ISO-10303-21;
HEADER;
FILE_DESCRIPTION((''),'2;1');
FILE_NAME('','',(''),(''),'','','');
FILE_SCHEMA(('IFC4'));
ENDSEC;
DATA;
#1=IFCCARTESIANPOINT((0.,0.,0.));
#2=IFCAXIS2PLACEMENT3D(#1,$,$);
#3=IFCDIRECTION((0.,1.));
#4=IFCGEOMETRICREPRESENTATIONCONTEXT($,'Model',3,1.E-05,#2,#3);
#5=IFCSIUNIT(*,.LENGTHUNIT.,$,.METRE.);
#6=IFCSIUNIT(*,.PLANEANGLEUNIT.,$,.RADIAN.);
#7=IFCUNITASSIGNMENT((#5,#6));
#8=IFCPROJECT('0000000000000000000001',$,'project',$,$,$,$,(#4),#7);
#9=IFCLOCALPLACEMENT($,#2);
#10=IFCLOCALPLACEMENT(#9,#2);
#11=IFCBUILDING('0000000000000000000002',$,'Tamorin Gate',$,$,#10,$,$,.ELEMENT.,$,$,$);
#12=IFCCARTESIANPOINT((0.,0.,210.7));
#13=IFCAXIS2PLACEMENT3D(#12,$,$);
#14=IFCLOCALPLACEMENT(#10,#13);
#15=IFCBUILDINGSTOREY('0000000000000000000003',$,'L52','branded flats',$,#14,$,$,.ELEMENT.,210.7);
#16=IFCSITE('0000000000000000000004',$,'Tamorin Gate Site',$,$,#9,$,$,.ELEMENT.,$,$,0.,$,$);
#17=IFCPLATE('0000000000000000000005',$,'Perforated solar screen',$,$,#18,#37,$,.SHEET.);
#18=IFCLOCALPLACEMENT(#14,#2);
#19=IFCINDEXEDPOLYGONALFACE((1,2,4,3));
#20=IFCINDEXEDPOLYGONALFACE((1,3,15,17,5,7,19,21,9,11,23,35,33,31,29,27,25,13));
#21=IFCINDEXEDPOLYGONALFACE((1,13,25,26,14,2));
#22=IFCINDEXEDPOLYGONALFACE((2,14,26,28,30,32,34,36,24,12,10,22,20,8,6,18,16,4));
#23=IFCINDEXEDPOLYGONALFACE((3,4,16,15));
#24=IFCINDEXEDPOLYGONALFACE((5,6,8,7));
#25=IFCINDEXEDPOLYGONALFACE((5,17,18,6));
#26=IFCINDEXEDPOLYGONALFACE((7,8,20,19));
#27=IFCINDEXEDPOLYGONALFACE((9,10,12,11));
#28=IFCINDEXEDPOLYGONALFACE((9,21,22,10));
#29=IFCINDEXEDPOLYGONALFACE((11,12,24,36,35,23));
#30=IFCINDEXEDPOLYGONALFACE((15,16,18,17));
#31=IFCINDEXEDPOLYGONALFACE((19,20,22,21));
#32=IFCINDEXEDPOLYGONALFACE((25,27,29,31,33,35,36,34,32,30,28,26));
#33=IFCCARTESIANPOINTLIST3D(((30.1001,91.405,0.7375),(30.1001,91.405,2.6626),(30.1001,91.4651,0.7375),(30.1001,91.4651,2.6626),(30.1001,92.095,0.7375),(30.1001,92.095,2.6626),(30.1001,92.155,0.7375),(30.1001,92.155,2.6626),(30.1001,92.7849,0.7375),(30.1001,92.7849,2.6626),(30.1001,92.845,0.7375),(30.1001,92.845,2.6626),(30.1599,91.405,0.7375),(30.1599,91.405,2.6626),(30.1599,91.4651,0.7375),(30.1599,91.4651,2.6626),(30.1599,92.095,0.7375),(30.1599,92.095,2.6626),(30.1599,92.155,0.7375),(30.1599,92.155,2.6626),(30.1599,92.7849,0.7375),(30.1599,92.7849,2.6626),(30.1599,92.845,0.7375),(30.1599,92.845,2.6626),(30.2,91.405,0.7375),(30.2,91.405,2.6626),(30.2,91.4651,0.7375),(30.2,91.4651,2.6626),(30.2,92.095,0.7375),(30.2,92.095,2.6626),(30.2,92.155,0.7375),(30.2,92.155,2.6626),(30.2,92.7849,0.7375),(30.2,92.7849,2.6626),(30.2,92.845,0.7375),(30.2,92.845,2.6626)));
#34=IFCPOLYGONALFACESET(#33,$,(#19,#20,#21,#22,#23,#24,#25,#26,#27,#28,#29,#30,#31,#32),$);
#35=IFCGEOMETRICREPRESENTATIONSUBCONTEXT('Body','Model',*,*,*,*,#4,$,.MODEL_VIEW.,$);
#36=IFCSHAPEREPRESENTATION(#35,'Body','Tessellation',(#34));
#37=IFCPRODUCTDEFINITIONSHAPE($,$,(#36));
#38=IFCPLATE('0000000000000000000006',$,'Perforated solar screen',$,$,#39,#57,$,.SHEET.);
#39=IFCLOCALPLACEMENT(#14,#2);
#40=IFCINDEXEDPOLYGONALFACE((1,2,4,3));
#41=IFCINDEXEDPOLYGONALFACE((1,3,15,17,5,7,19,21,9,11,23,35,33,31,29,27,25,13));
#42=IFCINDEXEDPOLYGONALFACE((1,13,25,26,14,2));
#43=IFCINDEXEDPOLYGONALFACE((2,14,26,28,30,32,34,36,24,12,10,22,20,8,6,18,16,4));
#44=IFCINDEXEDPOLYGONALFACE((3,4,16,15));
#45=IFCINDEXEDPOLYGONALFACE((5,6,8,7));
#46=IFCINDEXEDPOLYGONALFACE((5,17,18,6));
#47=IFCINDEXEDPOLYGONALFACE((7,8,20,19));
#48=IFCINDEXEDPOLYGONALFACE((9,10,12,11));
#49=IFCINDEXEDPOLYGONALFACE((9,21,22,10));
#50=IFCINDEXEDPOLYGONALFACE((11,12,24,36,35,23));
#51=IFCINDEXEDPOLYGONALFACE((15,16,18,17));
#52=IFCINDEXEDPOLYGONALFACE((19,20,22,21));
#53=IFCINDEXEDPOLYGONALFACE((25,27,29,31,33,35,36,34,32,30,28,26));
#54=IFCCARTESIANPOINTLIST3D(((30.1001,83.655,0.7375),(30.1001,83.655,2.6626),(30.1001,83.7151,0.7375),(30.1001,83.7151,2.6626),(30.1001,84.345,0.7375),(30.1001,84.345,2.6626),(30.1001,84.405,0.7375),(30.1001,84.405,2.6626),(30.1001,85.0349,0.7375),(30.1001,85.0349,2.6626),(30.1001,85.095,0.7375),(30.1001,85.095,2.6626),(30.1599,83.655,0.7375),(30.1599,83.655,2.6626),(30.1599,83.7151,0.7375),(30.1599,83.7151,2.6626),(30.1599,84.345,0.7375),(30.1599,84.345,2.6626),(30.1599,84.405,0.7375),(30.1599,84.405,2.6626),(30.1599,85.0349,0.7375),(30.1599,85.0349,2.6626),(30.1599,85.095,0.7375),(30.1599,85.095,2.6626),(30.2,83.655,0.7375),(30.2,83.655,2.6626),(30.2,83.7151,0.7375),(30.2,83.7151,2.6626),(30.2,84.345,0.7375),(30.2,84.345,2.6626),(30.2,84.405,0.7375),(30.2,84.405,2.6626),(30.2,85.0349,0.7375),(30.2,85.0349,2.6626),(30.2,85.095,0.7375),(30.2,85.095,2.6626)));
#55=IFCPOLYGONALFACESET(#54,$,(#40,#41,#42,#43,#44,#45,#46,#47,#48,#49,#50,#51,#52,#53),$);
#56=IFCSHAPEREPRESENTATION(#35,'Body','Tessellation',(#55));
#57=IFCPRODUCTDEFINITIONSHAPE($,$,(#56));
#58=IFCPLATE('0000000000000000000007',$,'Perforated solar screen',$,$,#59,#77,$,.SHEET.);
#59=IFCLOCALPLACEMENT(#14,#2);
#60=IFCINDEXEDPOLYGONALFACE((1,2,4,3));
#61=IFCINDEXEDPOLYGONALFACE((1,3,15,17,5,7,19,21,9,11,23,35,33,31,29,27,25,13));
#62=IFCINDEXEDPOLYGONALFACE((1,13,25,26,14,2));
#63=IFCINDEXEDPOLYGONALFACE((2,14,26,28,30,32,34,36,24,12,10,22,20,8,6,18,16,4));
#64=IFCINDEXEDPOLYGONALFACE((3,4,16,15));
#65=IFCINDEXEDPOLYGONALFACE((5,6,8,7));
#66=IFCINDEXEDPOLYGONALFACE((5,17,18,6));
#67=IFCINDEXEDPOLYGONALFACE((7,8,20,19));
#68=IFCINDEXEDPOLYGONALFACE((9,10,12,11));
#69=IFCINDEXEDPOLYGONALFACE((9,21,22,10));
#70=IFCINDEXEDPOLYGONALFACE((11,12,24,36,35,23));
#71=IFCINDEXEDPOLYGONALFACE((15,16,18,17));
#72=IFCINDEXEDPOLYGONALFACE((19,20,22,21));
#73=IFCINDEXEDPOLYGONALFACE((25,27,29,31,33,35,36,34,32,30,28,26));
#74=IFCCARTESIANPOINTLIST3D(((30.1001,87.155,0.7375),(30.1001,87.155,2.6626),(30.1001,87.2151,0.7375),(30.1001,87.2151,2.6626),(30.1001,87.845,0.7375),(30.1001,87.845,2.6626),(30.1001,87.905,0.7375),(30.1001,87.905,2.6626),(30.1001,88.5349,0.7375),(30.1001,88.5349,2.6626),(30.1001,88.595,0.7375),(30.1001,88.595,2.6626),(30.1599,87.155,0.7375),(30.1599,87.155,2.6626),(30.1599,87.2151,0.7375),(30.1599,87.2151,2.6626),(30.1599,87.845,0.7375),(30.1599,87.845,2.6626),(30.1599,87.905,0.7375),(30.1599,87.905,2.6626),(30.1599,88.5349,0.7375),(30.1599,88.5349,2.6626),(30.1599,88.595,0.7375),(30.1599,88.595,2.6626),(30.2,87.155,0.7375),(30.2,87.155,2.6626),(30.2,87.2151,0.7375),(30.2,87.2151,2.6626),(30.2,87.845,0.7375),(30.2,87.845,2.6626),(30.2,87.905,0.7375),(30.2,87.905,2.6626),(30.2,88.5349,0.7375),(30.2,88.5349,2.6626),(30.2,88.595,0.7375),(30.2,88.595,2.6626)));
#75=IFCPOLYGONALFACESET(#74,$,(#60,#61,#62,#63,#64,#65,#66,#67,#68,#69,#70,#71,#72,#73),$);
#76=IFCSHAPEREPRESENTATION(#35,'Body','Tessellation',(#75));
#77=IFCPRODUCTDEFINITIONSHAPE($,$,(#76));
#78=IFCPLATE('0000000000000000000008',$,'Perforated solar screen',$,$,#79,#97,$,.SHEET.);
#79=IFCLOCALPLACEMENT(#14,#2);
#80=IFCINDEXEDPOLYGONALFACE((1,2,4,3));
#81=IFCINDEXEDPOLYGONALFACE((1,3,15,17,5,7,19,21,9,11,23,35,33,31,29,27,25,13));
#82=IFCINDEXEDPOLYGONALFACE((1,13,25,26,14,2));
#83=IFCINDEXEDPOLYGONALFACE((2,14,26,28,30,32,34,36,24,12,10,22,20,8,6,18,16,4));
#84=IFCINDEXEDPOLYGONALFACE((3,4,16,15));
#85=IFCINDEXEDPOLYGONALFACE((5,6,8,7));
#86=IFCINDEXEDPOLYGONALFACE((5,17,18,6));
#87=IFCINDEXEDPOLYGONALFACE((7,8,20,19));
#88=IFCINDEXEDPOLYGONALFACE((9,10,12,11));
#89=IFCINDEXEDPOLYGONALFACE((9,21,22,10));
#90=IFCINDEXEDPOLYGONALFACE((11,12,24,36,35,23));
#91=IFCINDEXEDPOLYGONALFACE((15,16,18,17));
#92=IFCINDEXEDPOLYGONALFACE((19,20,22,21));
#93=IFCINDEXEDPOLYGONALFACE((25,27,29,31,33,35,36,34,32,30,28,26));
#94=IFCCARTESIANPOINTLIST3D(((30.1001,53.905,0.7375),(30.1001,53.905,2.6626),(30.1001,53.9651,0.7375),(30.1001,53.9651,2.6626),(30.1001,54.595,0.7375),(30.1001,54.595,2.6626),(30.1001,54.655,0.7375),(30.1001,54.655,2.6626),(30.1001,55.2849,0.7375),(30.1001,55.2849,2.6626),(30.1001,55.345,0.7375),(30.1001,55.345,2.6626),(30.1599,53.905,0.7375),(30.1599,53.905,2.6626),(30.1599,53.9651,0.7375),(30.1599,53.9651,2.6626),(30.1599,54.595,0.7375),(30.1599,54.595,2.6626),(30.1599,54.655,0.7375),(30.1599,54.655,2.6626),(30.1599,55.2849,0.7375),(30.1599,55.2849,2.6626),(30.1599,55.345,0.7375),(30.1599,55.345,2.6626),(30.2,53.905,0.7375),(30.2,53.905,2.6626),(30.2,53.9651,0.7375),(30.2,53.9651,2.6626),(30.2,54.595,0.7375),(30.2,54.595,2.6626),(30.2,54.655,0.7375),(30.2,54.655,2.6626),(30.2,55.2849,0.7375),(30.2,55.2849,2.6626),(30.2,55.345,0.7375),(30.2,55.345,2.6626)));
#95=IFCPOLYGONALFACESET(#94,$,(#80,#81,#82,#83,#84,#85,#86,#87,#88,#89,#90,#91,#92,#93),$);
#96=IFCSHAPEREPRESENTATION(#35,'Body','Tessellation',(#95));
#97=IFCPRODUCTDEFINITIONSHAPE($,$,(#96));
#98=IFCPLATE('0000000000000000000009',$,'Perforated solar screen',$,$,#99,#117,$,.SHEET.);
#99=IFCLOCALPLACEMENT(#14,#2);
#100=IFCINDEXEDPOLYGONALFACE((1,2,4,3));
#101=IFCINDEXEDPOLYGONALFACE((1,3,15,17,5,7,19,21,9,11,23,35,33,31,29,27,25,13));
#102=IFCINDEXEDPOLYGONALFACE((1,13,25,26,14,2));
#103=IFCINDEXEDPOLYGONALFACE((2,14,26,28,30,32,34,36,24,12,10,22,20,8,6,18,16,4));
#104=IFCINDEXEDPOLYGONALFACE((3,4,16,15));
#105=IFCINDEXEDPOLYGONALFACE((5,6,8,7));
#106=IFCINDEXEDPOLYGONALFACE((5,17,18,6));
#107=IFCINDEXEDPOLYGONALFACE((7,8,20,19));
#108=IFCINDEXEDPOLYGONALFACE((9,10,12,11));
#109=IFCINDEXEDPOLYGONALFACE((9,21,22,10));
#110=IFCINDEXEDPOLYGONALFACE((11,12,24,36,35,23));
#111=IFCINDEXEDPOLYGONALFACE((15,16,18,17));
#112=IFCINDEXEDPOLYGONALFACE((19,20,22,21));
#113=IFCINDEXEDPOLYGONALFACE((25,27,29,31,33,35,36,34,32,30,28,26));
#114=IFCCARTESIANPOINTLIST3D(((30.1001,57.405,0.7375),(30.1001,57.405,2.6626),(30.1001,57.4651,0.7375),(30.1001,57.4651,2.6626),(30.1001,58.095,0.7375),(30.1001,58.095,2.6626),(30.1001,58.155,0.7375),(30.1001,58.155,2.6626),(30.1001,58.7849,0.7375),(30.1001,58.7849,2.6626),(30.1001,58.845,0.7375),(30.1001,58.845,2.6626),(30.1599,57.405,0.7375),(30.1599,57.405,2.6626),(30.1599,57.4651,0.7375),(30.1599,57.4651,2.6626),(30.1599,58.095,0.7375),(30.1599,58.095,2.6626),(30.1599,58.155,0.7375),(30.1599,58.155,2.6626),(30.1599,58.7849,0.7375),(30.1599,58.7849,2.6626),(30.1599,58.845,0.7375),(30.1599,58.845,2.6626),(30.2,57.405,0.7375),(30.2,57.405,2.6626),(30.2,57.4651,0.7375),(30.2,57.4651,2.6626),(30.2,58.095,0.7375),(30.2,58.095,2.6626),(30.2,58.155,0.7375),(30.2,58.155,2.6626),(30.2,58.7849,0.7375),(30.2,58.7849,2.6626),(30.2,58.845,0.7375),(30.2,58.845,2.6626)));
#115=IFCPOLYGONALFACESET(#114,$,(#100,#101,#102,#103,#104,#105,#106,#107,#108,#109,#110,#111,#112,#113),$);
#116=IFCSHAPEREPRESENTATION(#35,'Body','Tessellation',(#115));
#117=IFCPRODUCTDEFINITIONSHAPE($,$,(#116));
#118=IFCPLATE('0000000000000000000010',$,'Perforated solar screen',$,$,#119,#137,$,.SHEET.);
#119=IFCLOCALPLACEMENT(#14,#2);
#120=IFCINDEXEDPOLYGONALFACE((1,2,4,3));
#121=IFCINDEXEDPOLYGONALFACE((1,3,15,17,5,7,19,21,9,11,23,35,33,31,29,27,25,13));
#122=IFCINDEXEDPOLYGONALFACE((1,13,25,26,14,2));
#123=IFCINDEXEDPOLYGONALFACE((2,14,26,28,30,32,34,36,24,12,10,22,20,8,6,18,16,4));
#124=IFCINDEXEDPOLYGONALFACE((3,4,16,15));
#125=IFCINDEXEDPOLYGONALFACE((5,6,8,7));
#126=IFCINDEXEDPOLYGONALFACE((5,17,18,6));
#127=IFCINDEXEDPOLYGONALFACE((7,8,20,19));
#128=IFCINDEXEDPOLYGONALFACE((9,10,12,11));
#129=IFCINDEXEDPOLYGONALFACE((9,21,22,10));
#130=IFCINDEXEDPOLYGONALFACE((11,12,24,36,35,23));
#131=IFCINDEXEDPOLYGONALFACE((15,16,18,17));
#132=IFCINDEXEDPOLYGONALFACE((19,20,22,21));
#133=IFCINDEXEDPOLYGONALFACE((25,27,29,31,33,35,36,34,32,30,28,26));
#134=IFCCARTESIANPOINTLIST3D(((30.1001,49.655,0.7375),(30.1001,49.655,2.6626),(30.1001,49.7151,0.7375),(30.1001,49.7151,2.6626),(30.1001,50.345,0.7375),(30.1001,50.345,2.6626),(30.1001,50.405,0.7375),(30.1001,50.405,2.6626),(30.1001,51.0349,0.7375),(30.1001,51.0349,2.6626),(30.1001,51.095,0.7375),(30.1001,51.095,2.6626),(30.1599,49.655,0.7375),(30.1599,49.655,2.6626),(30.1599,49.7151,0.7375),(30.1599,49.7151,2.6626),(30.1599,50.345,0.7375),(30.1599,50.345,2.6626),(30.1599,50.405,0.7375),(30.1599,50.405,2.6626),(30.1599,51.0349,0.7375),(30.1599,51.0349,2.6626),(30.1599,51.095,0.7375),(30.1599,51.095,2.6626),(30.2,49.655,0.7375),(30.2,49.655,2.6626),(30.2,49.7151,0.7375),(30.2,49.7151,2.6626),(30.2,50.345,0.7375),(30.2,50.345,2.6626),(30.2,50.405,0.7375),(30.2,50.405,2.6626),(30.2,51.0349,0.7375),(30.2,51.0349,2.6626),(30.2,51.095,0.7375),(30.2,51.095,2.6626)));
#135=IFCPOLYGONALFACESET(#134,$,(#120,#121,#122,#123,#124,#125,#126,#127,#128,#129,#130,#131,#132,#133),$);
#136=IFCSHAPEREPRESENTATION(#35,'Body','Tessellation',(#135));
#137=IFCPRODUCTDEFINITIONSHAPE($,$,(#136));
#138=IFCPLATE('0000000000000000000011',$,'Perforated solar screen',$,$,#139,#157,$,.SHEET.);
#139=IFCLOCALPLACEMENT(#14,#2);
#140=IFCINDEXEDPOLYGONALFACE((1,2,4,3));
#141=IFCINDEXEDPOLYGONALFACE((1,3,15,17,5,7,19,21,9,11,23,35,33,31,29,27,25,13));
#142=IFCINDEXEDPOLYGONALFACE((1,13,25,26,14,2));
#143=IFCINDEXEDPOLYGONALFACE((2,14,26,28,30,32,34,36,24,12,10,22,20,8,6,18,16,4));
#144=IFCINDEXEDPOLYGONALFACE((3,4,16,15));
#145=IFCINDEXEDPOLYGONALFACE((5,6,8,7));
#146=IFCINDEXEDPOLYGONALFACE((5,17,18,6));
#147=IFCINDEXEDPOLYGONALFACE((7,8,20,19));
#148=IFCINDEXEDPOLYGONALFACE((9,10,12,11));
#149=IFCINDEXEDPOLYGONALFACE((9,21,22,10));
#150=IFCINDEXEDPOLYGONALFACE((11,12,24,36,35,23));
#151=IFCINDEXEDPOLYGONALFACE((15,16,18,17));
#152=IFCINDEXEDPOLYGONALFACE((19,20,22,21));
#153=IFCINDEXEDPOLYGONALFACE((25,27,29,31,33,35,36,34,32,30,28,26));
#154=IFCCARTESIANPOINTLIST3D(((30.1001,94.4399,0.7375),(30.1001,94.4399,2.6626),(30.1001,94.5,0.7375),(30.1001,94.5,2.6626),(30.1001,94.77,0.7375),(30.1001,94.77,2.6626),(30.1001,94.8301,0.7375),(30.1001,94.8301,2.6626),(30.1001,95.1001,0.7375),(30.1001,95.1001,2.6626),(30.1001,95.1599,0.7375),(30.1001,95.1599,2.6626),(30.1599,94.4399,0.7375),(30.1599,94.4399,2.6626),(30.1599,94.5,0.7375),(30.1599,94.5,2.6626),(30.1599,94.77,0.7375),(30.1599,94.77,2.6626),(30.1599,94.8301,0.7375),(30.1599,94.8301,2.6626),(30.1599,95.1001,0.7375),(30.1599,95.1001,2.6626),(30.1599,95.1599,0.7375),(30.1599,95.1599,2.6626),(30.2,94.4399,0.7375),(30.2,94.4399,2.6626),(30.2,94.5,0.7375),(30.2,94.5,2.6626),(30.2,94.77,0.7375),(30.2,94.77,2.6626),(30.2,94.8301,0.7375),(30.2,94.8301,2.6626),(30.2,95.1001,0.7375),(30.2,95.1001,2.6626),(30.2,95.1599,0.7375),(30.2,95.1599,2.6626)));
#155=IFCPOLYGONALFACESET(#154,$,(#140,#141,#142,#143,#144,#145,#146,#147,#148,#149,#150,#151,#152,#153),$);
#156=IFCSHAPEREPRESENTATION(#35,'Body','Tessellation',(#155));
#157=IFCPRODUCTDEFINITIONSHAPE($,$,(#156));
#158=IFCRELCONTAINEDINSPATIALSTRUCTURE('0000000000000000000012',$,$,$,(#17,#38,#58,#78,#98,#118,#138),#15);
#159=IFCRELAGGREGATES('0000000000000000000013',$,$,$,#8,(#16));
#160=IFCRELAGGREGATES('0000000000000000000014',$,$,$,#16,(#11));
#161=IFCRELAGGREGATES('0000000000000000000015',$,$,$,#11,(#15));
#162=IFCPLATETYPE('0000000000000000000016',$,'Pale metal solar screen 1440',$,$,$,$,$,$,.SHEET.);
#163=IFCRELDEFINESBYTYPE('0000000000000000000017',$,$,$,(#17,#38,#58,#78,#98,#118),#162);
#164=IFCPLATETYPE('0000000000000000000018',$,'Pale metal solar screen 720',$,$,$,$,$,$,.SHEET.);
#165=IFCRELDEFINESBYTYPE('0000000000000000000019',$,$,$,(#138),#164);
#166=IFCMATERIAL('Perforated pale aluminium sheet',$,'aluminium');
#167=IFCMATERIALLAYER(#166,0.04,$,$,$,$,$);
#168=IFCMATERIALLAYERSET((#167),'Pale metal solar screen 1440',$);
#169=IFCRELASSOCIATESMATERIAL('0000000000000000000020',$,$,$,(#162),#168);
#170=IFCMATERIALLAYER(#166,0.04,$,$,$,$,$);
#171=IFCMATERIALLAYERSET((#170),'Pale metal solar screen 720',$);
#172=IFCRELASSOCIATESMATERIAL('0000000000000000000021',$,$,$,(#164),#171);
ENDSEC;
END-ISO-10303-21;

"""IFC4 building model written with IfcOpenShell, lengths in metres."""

from ifc_helpers import new_model, si_unit, direction, frame, origin, place, context, subcontext, project, spatial, polyline, outline, extrude, material, layer, layer_set, type_object, element, save


model = new_model("IFC4")

# Units and contexts
model_context = context("Model", 3, precision=1e-05, world=origin(), true_north=direction((0.0, 1.0)))
body_context = subcontext(model_context, "Body", "Model", "MODEL_VIEW")
ifc_project = project(units=[si_unit("LENGTHUNIT", "METRE"), si_unit("PLANEANGLEUNIT", "RADIAN")], contexts=[model_context])

# Site, building, storey
site_placement = place(None, origin())
site = spatial("IfcSite", under=ifc_project, at=site_placement, Name="Tamorin Gate Site", CompositionType="ELEMENT", RefElevation=0.0)
building_placement = place(site_placement, origin())
building = spatial("IfcBuilding", under=site, at=building_placement, Name="Tamorin Gate", CompositionType="ELEMENT")
storey_placement = place(building_placement, frame((0.0, 0.0, 210.7)))
storey = spatial("IfcBuildingStorey", under=building, at=storey_placement, Name="L52", Description="branded flats", CompositionType="ELEMENT", Elevation=210.7)

# Plates
ifc_material_1 = material(Name="Perforated pale aluminium sheet", Category="aluminium")
ifc_layer_1 = layer(ifc_material_1, 0.04)
ifc_layer_set_1 = layer_set([ifc_layer_1], Name="Pale metal solar screen 1440")
plate_type_1 = type_object("IfcPlateType", Name="Pale metal solar screen 1440", PredefinedType="SHEET", material=ifc_layer_set_1)
plate_1_placement = place(storey_placement, frame((0.0, 0.0, 0.7375)))
element("IfcPlate", 1, at=plate_1_placement, inside=storey, type_object=plate_type_1, Name="Perforated solar screen", PredefinedType="SHEET", context=body_context, shape_type="SweptSolid", body=[
    extrude(outline(polyline([(30.1599, 92.845), (30.2, 92.845), (30.2, 92.7849), (30.2, 92.155), (30.2, 92.095), (30.2, 91.4651), (30.2, 91.405), (30.2, 91.405), (30.1599, 91.405), (30.1599, 91.405), (30.1001, 91.405), (30.1001, 91.4651), (30.1599, 91.4651), (30.1599, 92.095), (30.1001, 92.095), (30.1001, 92.155), (30.1599, 92.155), (30.1599, 92.7849), (30.1001, 92.7849), (30.1001, 92.845), (30.1599, 92.845)])), origin(), (0.0, 0.0, 1.0), 1.925),
])
plate_2_placement = place(storey_placement, frame((0.0, 0.0, 0.7375)))
element("IfcPlate", 2, at=plate_2_placement, inside=storey, type_object=plate_type_1, Name="Perforated solar screen", PredefinedType="SHEET", context=body_context, shape_type="SweptSolid", body=[
    extrude(outline(polyline([(30.1599, 85.095), (30.2, 85.095), (30.2, 85.0349), (30.2, 84.405), (30.2, 84.345), (30.2, 83.7151), (30.2, 83.655), (30.1599, 83.655), (30.1001, 83.655), (30.1001, 83.7151), (30.1599, 83.7151), (30.1599, 84.345), (30.1001, 84.345), (30.1001, 84.405), (30.1599, 84.405), (30.1599, 85.0349), (30.1001, 85.0349), (30.1001, 85.095), (30.1599, 85.095)])), origin(), (0.0, 0.0, 1.0), 1.925),
])
plate_3_placement = place(storey_placement, frame((0.0, 0.0, 0.7375)))
element("IfcPlate", 3, at=plate_3_placement, inside=storey, type_object=plate_type_1, Name="Perforated solar screen", PredefinedType="SHEET", context=body_context, shape_type="SweptSolid", body=[
    extrude(outline(polyline([(30.1599, 88.595), (30.2, 88.595), (30.2, 88.5349), (30.2, 87.905), (30.2, 87.845), (30.2, 87.2151), (30.2, 87.155), (30.1599, 87.155), (30.1001, 87.155), (30.1001, 87.2151), (30.1599, 87.2151), (30.1599, 87.845), (30.1001, 87.845), (30.1001, 87.905), (30.1599, 87.905), (30.1599, 88.5349), (30.1001, 88.5349), (30.1001, 88.595), (30.1599, 88.595)])), origin(), (0.0, 0.0, 1.0), 1.925),
])
plate_4_placement = place(storey_placement, frame((0.0, 0.0, 0.7375)))
element("IfcPlate", 4, at=plate_4_placement, inside=storey, type_object=plate_type_1, Name="Perforated solar screen", PredefinedType="SHEET", context=body_context, shape_type="SweptSolid", body=[
    extrude(outline(polyline([(30.1599, 55.345), (30.2, 55.345), (30.2, 55.2849), (30.2, 54.655), (30.2, 54.595), (30.2, 53.9651), (30.2, 53.905), (30.1599, 53.905), (30.1001, 53.905), (30.1001, 53.9651), (30.1599, 53.9651), (30.1599, 54.595), (30.1001, 54.595), (30.1001, 54.655), (30.1599, 54.655), (30.1599, 55.2849), (30.1001, 55.2849), (30.1001, 55.345), (30.1599, 55.345)])), origin(), (0.0, 0.0, 1.0), 1.925),
])
plate_5_placement = place(storey_placement, frame((0.0, 0.0, 0.7375)))
element("IfcPlate", 5, at=plate_5_placement, inside=storey, type_object=plate_type_1, Name="Perforated solar screen", PredefinedType="SHEET", context=body_context, shape_type="SweptSolid", body=[
    extrude(outline(polyline([(30.1599, 58.845), (30.2, 58.845), (30.2, 58.7849), (30.2, 58.155), (30.2, 58.095), (30.2, 57.4651), (30.2, 57.405), (30.1599, 57.405), (30.1001, 57.405), (30.1001, 57.4651), (30.1599, 57.4651), (30.1599, 58.095), (30.1001, 58.095), (30.1001, 58.155), (30.1599, 58.155), (30.1599, 58.7849), (30.1001, 58.7849), (30.1001, 58.845), (30.1599, 58.845)])), origin(), (0.0, 0.0, 1.0), 1.925),
])
plate_6_placement = place(storey_placement, frame((0.0, 0.0, 0.7375)))
element("IfcPlate", 6, at=plate_6_placement, inside=storey, type_object=plate_type_1, Name="Perforated solar screen", PredefinedType="SHEET", context=body_context, shape_type="SweptSolid", body=[
    extrude(outline(polyline([(30.1599, 51.095), (30.2, 51.095), (30.2, 51.0349), (30.2, 50.405), (30.2, 50.345), (30.2, 49.7151), (30.2, 49.655), (30.1599, 49.655), (30.1001, 49.655), (30.1001, 49.7151), (30.1599, 49.7151), (30.1599, 50.345), (30.1001, 50.345), (30.1001, 50.405), (30.1599, 50.405), (30.1599, 51.0349), (30.1001, 51.0349), (30.1001, 51.095), (30.1599, 51.095)])), origin(), (0.0, 0.0, 1.0), 1.925),
])
ifc_layer_2 = layer(ifc_material_1, 0.04)
ifc_layer_set_2 = layer_set([ifc_layer_2], Name="Pale metal solar screen 720")
plate_type_2 = type_object("IfcPlateType", Name="Pale metal solar screen 720", PredefinedType="SHEET", material=ifc_layer_set_2)
plate_7_placement = place(storey_placement, frame((0.0, 0.0, 0.7375)))
element("IfcPlate", 7, at=plate_7_placement, inside=storey, type_object=plate_type_2, Name="Perforated solar screen", PredefinedType="SHEET", context=body_context, shape_type="SweptSolid", body=[
    extrude(outline(polyline([(30.1599, 95.1599), (30.2, 95.1599), (30.2, 95.1001), (30.2, 94.8301), (30.2, 94.77), (30.2, 94.5), (30.2, 94.4399), (30.1599, 94.4399), (30.1001, 94.4399), (30.1001, 94.5), (30.1599, 94.5), (30.1599, 94.77), (30.1001, 94.77), (30.1001, 94.8301), (30.1599, 94.8301), (30.1599, 95.1001), (30.1001, 95.1001), (30.1001, 95.1599), (30.1599, 95.1599)])), origin(), (0.0, 0.0, 1.0), 1.925),
])

save(model, "model.ifc")
